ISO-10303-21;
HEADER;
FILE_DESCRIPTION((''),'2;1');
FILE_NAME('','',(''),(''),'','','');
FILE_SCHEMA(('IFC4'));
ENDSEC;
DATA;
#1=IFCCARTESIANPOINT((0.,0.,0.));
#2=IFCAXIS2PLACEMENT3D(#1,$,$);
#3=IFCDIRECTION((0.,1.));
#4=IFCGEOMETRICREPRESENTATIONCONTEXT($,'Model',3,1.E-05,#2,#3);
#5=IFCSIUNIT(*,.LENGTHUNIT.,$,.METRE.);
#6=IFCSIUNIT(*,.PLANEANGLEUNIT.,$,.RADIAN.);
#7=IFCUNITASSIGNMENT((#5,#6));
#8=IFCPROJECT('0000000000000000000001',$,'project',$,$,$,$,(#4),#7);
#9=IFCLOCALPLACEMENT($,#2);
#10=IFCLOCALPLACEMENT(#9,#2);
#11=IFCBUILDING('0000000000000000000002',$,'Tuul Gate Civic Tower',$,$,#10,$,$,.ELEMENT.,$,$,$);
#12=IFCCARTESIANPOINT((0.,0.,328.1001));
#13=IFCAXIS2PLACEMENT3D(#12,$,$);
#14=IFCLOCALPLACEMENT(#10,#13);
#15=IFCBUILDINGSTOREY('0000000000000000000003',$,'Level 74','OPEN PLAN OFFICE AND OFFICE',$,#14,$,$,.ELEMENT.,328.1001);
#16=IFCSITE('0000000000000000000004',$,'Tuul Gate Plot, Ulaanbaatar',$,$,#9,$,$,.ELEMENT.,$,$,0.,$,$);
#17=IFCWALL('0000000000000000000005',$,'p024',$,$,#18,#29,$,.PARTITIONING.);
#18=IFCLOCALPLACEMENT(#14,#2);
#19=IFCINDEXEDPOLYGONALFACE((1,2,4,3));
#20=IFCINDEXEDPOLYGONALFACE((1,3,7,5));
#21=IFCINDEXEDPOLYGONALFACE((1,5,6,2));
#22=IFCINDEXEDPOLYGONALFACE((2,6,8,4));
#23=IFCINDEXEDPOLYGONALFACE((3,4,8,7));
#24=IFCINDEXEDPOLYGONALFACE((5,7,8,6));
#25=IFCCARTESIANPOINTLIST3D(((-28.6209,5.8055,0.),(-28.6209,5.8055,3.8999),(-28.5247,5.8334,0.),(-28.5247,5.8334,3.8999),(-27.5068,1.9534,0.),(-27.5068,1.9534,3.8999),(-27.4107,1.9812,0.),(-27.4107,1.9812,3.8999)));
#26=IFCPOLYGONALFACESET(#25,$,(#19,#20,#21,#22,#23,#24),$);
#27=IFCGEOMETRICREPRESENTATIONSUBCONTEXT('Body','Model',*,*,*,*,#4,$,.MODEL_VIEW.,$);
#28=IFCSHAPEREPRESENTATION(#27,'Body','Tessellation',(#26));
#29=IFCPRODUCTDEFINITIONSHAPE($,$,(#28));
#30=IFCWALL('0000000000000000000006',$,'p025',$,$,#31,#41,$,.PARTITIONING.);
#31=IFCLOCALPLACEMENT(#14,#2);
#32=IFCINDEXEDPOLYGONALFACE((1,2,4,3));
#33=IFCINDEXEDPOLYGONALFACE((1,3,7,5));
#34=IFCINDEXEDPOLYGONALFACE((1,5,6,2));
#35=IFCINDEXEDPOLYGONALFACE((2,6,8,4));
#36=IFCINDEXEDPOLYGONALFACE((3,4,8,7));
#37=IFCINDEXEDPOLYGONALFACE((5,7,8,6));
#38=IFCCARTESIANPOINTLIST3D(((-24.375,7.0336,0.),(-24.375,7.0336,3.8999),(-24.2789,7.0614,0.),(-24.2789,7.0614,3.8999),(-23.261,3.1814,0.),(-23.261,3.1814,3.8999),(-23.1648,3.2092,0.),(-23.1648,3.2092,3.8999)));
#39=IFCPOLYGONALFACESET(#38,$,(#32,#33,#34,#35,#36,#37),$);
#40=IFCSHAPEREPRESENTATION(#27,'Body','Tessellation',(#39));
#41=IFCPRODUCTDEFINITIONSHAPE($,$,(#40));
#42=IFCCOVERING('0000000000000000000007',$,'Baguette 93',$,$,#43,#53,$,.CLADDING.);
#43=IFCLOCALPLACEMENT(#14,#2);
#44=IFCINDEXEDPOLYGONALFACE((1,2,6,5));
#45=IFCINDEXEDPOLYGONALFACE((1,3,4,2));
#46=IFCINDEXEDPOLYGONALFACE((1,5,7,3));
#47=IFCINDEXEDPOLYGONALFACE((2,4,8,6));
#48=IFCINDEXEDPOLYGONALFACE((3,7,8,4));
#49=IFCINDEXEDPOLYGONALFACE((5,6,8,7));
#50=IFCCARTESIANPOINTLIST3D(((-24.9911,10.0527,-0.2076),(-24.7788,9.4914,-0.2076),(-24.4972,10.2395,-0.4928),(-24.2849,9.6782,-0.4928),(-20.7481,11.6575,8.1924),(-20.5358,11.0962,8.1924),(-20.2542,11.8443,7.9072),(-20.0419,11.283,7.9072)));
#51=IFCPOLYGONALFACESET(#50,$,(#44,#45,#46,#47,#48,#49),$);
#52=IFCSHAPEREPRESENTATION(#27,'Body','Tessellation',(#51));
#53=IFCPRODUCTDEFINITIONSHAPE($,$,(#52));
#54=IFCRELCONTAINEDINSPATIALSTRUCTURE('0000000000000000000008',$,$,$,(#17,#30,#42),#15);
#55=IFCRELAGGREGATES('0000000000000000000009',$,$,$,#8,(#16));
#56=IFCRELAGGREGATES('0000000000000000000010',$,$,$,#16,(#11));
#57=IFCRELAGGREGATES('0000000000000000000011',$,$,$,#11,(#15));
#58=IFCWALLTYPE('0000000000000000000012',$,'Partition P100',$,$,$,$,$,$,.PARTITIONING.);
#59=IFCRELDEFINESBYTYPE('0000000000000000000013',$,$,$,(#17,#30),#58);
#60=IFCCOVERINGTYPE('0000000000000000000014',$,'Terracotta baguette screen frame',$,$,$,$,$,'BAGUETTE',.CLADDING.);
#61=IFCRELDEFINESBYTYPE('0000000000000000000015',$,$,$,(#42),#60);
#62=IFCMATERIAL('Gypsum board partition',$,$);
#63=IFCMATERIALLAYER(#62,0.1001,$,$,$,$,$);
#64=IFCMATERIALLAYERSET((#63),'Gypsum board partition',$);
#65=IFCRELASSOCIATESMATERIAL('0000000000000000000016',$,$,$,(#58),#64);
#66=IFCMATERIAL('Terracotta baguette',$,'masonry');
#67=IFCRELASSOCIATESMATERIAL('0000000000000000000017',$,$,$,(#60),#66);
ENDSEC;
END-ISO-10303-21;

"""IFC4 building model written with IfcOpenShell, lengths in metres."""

from ifc_helpers import new_model, si_unit, direction, frame, frame_2d, origin, origin_2d, place, context, subcontext, project, spatial, rectangle, extrude, material, layer, layer_set, material_profile, profile_set, type_object, element, save


model = new_model("IFC4")

# Units and contexts
model_context = context("Model", 3, precision=1e-05, world=origin(), true_north=direction((0.0, 1.0)))
body_context = subcontext(model_context, "Body", "Model", "MODEL_VIEW")
ifc_project = project(units=[si_unit("LENGTHUNIT", "METRE"), si_unit("PLANEANGLEUNIT", "RADIAN")], contexts=[model_context])

# Site, building, storey
site_placement = place(None, origin())
site = spatial("IfcSite", under=ifc_project, at=site_placement, Name="Tuul Gate Plot, Ulaanbaatar", CompositionType="ELEMENT", RefElevation=0.0)
building_placement = place(site_placement, origin())
building = spatial("IfcBuilding", under=site, at=building_placement, Name="Tuul Gate Civic Tower", CompositionType="ELEMENT")
storey_placement = place(building_placement, frame((0.0, 0.0, 328.1001)))
storey = spatial("IfcBuildingStorey", under=building, at=storey_placement, Name="Level 74", Description="OPEN PLAN OFFICE AND OFFICE", CompositionType="ELEMENT", Elevation=328.1001)

# Walls
ifc_material_1 = material(Name="Gypsum board partition")
ifc_layer_1 = layer(ifc_material_1, 0.1001)
ifc_layer_set_1 = layer_set([ifc_layer_1], Name="Gypsum board partition")
wall_type_1 = type_object("IfcWallType", Name="Partition P100", PredefinedType="PARTITIONING", material=ifc_layer_set_1)
for number, where, z_axis, x_axis, name in (
    (1, (-28.5728, 5.8193, 0.0), (0.0, 0.0, 1.0), (0.277816, -0.960634, 0.0), "p024"),
    (2, (-24.3269, 7.0474, 0.0), (0.0, 0.0, 1.0), (0.277816, -0.960634, 0.0), "p025"),
):
    element("IfcWall", number, at=place(storey_placement, frame(where, z_axis=z_axis, x_axis=x_axis)), inside=storey, type_object=wall_type_1, Name=name, PredefinedType="PARTITIONING", context=body_context, shape_type="SweptSolid", body=[
        extrude(rectangle(XDim=4.01, YDim=0.1001, at=frame_2d((2.0049, 0.0))), origin(), (0.0, 0.0, 1.0), 3.8999),
    ])

# Covering
ifc_material_2 = material(Name="Terracotta baguette", Category="masonry")
ifc_material_profile_1 = material_profile(ifc_material_2, rectangle(XDim=0.6001, YDim=0.6001, at=origin_2d()), Name="Terracotta baguette screen frame")
ifc_profile_set_1 = profile_set([ifc_material_profile_1], Name="Terracotta baguette")
covering_type = type_object("IfcCoveringType", Name="Terracotta baguette screen frame", ElementType="BAGUETTE", PredefinedType="CLADDING", material=ifc_profile_set_1)
covering_placement = place(storey_placement, frame((-20.395, 11.4702, 8.0498), z_axis=(-0.444447, -0.168097, -0.879892), x_axis=(0.353758, -0.935337, 0.0)))
element("IfcCovering", 3, at=covering_placement, inside=storey, type_object=covering_type, Name="Baguette 93", PredefinedType="CLADDING", context=body_context, shape_type="SweptSolid", body=[
    extrude(rectangle(XDim=0.6001, YDim=0.6001, at=origin_2d()), origin(), (0.0, 0.0, 1.0), 9.5466),
])

save(model, "model.ifc")
